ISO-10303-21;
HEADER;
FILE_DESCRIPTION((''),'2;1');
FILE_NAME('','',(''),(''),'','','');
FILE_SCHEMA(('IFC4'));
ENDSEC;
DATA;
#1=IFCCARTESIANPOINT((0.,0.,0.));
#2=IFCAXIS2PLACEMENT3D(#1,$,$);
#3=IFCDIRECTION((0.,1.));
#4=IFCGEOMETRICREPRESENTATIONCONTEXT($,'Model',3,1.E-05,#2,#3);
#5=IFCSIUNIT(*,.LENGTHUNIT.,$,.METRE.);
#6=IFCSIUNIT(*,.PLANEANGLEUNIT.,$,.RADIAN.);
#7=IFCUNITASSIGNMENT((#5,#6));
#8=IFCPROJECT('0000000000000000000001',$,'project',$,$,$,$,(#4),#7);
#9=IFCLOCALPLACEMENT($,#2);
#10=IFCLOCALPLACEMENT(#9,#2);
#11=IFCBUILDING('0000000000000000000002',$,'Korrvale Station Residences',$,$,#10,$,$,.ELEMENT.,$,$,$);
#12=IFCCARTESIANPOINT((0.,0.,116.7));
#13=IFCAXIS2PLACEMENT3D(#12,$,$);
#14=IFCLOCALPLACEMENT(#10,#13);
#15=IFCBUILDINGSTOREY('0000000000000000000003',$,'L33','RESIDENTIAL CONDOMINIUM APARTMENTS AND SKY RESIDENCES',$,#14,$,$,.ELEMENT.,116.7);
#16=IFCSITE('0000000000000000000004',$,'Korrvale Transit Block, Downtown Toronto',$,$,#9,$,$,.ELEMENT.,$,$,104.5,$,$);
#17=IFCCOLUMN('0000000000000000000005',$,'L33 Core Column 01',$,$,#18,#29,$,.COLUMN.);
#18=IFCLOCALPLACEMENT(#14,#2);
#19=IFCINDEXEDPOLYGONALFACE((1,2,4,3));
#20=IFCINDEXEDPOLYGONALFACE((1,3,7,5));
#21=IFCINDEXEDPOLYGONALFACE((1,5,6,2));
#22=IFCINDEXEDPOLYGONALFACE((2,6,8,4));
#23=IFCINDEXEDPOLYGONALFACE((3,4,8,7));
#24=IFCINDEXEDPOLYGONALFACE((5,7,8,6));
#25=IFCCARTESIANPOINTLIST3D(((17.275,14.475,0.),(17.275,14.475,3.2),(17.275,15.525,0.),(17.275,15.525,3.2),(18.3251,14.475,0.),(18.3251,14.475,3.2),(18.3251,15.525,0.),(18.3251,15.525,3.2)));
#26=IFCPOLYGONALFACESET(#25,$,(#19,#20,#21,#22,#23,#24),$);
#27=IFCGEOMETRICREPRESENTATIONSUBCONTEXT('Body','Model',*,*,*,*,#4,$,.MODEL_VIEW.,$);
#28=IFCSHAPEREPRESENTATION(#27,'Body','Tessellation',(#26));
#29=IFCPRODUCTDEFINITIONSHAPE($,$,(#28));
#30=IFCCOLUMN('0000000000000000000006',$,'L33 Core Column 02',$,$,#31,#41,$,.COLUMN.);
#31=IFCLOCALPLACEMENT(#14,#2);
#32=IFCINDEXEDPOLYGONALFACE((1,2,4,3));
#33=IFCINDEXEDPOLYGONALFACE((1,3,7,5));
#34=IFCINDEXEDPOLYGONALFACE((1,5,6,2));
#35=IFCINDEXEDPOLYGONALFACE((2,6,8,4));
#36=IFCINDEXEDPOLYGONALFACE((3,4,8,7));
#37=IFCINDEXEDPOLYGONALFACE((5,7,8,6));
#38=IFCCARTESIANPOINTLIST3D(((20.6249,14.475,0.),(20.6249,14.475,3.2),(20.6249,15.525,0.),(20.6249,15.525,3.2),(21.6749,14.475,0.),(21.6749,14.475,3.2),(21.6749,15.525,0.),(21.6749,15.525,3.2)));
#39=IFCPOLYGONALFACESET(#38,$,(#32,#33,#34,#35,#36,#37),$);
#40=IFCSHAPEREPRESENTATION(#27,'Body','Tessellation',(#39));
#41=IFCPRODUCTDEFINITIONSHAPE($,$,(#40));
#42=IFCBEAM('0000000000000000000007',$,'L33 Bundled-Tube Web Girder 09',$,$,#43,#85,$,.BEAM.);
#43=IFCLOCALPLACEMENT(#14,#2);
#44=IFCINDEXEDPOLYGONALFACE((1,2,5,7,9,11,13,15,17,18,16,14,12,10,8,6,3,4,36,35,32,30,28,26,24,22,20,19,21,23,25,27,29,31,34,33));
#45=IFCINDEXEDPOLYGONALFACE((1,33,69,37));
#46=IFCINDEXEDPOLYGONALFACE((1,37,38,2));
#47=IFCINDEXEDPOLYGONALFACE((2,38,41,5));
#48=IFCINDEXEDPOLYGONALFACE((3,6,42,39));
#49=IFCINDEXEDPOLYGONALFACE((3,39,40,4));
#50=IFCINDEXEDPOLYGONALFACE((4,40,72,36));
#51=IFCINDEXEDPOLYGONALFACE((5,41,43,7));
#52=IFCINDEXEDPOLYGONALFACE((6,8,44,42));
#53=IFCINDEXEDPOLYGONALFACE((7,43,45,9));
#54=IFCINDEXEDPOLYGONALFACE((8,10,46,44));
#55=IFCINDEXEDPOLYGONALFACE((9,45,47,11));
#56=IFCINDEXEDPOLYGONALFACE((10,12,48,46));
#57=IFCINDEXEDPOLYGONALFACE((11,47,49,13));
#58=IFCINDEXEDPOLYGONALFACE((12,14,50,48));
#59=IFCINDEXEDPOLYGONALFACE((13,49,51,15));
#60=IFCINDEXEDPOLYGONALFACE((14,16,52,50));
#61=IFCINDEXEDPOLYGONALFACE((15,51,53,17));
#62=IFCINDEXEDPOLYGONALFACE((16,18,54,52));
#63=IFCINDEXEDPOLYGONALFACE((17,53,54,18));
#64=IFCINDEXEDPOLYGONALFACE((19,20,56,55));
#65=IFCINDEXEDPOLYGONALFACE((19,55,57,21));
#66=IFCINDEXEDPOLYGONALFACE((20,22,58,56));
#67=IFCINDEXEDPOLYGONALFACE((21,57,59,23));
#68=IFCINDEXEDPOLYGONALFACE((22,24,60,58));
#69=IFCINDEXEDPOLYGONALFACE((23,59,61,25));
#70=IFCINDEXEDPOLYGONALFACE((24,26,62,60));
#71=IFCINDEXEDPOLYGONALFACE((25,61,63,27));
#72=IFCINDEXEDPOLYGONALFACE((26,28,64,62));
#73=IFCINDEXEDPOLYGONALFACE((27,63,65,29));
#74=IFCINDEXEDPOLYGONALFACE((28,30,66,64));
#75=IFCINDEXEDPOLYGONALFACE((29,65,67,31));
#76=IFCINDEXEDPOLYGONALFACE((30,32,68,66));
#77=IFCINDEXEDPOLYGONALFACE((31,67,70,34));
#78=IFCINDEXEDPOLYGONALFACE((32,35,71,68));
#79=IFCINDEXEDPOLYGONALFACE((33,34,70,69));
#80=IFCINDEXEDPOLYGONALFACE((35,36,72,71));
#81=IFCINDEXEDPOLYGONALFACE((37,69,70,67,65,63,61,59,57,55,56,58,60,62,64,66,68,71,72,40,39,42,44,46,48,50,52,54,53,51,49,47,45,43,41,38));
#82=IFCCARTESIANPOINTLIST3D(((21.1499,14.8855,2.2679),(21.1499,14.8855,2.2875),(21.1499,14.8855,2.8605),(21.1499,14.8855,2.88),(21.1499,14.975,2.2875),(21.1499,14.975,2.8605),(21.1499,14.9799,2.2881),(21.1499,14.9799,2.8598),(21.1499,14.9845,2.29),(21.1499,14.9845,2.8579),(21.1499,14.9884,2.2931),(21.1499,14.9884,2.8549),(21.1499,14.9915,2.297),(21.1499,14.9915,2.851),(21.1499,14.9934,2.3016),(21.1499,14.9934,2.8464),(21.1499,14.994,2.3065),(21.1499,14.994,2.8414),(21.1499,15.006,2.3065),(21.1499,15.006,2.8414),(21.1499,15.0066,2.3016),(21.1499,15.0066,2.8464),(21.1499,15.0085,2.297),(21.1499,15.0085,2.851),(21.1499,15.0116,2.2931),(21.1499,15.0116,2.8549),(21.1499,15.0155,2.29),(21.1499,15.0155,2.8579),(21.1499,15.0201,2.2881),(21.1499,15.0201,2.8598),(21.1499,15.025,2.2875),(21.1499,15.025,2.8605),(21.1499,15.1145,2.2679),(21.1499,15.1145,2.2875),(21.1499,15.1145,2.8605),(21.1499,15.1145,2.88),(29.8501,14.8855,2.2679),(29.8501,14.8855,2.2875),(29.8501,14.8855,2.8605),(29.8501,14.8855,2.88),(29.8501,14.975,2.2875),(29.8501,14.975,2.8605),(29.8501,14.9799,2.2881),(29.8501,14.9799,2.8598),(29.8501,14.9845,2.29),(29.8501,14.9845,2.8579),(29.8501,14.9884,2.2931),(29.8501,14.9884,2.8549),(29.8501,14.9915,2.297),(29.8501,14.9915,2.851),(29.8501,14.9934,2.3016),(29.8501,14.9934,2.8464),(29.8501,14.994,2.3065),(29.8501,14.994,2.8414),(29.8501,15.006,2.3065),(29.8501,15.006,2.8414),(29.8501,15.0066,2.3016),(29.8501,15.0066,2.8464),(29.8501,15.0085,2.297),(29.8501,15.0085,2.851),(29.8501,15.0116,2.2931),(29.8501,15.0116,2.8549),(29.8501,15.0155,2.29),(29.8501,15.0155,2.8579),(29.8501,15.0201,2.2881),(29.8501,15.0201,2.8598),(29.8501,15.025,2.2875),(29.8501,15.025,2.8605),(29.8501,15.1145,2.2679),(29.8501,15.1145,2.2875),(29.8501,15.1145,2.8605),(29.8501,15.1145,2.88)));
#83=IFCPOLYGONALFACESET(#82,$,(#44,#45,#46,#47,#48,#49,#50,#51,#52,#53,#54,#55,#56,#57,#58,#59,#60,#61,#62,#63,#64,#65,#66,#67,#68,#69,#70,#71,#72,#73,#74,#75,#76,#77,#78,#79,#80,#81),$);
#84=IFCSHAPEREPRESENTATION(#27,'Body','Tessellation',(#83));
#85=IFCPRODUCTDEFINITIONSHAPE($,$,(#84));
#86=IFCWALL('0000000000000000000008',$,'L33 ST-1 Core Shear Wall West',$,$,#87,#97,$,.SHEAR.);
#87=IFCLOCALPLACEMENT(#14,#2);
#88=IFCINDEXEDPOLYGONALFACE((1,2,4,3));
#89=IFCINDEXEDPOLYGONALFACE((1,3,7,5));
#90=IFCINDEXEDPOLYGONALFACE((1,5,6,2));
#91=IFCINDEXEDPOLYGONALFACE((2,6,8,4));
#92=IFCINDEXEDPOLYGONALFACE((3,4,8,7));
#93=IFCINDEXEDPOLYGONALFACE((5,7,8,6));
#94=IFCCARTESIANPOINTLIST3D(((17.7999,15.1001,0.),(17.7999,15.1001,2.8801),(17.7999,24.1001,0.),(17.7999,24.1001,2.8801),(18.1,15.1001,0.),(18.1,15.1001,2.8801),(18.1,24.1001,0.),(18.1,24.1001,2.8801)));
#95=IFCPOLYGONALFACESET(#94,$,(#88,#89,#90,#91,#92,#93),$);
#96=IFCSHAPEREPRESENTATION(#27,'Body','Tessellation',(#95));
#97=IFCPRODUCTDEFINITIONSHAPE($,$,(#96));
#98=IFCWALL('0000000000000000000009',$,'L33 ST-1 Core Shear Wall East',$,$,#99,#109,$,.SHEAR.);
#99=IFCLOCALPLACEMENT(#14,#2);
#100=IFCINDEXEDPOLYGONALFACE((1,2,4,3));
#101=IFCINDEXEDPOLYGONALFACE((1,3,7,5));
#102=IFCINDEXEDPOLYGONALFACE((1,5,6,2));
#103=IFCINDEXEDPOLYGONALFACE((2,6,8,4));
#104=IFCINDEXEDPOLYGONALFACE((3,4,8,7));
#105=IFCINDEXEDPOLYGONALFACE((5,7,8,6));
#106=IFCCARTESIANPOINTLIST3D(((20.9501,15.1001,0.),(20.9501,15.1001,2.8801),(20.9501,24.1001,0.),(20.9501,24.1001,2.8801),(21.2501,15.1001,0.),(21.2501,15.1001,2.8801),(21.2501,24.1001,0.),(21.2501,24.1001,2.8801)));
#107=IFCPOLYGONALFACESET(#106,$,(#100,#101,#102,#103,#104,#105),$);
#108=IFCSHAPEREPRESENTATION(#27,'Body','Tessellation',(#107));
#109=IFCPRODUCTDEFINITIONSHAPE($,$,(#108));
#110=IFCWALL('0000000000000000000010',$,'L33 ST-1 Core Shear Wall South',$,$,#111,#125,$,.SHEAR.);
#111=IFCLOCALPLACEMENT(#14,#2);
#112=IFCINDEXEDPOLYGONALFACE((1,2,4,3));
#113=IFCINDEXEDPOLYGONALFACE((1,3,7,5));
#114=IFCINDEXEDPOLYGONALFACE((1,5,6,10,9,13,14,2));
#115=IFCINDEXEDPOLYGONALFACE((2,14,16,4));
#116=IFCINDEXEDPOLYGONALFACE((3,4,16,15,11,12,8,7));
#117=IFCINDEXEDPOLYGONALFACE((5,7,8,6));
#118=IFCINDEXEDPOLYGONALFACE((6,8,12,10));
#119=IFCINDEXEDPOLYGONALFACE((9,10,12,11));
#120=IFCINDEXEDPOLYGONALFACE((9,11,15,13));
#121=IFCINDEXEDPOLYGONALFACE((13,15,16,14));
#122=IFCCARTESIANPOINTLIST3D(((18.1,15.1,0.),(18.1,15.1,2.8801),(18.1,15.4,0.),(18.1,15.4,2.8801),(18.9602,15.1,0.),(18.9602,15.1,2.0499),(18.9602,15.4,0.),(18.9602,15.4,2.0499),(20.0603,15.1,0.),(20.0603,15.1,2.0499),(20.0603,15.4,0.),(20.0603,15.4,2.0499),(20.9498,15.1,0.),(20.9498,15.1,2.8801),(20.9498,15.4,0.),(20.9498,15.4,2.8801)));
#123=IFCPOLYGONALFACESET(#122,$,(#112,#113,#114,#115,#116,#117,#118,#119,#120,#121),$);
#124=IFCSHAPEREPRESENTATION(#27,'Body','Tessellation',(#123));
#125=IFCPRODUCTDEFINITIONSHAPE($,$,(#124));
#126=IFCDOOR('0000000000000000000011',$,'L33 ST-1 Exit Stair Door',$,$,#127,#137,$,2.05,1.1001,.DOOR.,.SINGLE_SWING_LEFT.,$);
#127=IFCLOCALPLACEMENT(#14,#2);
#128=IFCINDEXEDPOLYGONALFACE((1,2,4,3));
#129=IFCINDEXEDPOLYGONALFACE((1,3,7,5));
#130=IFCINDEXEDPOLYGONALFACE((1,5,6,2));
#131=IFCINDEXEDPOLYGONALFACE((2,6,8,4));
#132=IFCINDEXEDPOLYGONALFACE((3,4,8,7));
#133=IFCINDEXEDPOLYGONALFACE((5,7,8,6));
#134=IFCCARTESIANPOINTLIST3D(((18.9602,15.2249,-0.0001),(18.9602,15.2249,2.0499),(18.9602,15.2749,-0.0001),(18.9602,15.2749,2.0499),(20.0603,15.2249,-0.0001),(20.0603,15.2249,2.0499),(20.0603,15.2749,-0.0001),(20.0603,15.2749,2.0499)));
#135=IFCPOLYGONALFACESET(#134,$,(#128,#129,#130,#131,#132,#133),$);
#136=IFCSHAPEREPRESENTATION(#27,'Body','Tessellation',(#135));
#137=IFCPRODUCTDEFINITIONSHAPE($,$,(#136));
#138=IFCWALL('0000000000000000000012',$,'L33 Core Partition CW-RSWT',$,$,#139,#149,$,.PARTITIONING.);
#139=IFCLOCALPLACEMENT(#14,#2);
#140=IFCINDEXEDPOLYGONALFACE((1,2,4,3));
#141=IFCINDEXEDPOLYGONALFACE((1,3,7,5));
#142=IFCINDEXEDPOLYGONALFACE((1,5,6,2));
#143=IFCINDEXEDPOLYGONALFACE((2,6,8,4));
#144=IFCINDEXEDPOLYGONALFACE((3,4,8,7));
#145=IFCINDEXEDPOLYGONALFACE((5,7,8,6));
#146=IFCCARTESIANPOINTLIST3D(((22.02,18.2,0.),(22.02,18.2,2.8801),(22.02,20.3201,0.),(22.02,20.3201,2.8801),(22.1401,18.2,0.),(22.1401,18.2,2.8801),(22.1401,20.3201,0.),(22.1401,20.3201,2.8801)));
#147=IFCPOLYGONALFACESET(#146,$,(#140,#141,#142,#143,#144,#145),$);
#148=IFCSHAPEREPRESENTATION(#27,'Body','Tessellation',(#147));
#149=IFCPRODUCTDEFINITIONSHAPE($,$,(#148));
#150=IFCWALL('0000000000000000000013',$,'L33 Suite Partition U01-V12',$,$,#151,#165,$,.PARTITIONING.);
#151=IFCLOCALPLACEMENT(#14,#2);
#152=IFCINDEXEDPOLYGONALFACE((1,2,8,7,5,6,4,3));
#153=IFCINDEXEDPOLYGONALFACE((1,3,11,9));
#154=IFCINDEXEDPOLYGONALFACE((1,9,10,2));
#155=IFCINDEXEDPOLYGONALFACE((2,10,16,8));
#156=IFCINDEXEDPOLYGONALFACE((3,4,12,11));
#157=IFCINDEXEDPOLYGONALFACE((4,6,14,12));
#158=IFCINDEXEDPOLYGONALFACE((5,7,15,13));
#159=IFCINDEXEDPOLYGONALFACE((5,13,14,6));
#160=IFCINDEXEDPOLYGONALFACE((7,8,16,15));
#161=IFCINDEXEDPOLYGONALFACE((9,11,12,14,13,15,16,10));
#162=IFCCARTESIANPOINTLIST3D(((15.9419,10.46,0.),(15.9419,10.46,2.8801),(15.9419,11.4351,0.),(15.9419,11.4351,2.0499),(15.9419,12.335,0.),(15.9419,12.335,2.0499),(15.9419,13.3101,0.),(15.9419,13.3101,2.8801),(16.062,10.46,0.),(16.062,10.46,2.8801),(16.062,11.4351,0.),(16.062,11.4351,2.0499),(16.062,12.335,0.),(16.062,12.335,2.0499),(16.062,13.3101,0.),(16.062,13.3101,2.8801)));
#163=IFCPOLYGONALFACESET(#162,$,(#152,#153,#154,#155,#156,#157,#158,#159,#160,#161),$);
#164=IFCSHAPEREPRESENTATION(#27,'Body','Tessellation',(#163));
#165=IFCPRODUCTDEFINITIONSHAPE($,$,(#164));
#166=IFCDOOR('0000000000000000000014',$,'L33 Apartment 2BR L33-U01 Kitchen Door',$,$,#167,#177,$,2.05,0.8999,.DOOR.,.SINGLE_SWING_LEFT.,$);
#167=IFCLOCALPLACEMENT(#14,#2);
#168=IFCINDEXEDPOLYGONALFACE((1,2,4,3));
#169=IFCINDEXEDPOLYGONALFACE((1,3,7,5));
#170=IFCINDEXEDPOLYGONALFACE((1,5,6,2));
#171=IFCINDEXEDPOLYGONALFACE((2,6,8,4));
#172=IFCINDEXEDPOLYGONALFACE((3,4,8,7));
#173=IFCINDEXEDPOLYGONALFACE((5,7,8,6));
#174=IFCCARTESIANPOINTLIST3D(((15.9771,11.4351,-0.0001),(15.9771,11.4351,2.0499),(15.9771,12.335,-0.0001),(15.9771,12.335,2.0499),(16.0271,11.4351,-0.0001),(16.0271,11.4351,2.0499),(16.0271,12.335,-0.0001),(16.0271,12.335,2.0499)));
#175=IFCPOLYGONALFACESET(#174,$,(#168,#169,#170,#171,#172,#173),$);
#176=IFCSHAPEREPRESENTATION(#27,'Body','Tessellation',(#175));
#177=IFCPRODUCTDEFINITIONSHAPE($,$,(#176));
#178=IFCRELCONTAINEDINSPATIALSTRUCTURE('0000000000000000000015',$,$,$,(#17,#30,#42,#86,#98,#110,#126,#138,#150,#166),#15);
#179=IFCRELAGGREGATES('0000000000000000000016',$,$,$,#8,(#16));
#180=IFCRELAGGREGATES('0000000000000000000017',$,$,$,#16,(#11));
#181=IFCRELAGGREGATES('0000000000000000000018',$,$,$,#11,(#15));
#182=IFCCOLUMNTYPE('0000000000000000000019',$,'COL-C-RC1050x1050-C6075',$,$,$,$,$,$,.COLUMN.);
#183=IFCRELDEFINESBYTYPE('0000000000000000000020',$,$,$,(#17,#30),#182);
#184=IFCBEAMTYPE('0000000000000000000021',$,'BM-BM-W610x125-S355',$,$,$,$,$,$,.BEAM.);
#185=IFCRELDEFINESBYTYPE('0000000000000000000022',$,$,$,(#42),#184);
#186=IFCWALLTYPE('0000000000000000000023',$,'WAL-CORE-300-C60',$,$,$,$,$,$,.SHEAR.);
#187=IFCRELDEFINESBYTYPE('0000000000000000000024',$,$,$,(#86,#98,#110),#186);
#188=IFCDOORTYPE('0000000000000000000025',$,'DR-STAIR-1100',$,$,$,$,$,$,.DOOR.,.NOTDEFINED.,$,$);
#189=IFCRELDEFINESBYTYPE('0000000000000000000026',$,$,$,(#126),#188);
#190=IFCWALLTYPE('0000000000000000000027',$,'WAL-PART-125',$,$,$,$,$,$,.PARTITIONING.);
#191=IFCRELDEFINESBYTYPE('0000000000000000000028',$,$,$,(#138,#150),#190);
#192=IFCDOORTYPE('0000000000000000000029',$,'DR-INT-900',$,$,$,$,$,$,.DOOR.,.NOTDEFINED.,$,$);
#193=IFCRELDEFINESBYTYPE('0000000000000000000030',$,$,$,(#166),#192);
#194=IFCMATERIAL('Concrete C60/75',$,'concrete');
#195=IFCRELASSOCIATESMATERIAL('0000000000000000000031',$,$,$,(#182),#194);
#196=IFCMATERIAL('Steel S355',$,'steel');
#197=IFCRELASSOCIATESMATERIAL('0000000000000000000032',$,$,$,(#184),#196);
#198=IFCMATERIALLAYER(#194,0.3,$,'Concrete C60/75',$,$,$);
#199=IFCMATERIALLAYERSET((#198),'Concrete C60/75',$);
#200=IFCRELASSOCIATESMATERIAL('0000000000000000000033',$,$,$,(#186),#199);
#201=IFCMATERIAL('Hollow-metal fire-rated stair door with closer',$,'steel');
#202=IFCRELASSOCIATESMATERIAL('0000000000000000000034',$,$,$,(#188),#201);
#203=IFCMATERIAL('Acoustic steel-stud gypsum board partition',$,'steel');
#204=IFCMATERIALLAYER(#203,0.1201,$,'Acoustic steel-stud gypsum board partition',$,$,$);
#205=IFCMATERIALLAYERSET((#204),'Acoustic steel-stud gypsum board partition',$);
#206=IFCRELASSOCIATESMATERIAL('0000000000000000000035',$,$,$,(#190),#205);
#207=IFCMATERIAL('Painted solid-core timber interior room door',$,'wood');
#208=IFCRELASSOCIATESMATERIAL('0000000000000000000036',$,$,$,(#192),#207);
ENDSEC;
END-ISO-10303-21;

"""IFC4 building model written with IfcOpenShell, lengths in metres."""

from ifc_helpers import new_model, si_unit, direction, frame, frame_2d, origin, origin_2d, place, context, subcontext, project, spatial, rectangle, i_section, extrude, material, layer, layer_set, material_profile, profile_set, type_object, element, fill, save


model = new_model("IFC4")

# Units and contexts
model_context = context("Model", 3, precision=1e-05, world=origin(), true_north=direction((0.0, 1.0)))
body_context = subcontext(model_context, "Body", "Model", "MODEL_VIEW")
ifc_project = project(units=[si_unit("LENGTHUNIT", "METRE"), si_unit("PLANEANGLEUNIT", "RADIAN")], contexts=[model_context])

# Site, building, storey
site_placement = place(None, origin())
site = spatial("IfcSite", under=ifc_project, at=site_placement, Name="Korrvale Transit Block, Downtown Toronto", CompositionType="ELEMENT", RefElevation=104.5)
building_placement = place(site_placement, origin())
building = spatial("IfcBuilding", under=site, at=building_placement, Name="Korrvale Station Residences", CompositionType="ELEMENT")
storey_placement = place(building_placement, frame((0.0, 0.0, 116.7)))
storey = spatial("IfcBuildingStorey", under=building, at=storey_placement, Name="L33", Description="RESIDENTIAL CONDOMINIUM APARTMENTS AND SKY RESIDENCES", CompositionType="ELEMENT", Elevation=116.7)

# Columns
ifc_material_1 = material(Name="Concrete C60/75", Category="concrete")
ifc_material_profile_1 = material_profile(ifc_material_1, rectangle(XDim=1.05, YDim=1.05, at=origin_2d()), Name="RC1050x1050")
ifc_profile_set_1 = profile_set([ifc_material_profile_1], Name="Concrete C60/75")
column_type = type_object("IfcColumnType", Name="COL-C-RC1050x1050-C6075", PredefinedType="COLUMN", material=ifc_profile_set_1)
for number, where, z_axis, x_axis, name in (
    (1, (17.8, 15.0, 0.0), (0.0, 0.0, 1.0), (1.0, 0.0, 0.0), "L33 Core Column 01"),
    (2, (21.1499, 15.0, 0.0), (0.0, 0.0, 1.0), (1.0, 0.0, 0.0), "L33 Core Column 02"),
):
    element("IfcColumn", number, at=place(storey_placement, frame(where, z_axis=z_axis, x_axis=x_axis)), inside=storey, type_object=column_type, Name=name, PredefinedType="COLUMN", context=body_context, shape_type="SweptSolid", body=[
        extrude(rectangle(XDim=1.05, YDim=1.05, at=origin_2d()), origin(), (0.0, 0.0, 1.0), 3.2),
    ])

# Beam
ifc_material_2 = material(Name="Steel S355", Category="steel")
ifc_material_profile_2 = material_profile(ifc_material_2, i_section(OverallWidth=0.229, OverallDepth=0.6121, WebThickness=0.012, FlangeThickness=0.0195, FilletRadius=0.019, at=origin_2d()), Name="W610x125")
ifc_profile_set_2 = profile_set([ifc_material_profile_2], Name="Steel S355")
beam_type = type_object("IfcBeamType", Name="BM-BM-W610x125-S355", PredefinedType="BEAM", material=ifc_profile_set_2)
beam_placement = place(storey_placement, frame((21.1499, 15.0, 2.574), z_axis=(1.0, 0.0, 0.0), x_axis=(0.0, 1.0, 0.0)))
element("IfcBeam", 3, at=beam_placement, inside=storey, type_object=beam_type, Name="L33 Bundled-Tube Web Girder 09", PredefinedType="BEAM", context=body_context, shape_type="SweptSolid", body=[
    extrude(i_section(OverallWidth=0.229, OverallDepth=0.6121, WebThickness=0.012, FlangeThickness=0.0195, FilletRadius=0.019, at=origin_2d()), origin(), (0.0, 0.0, 1.0), 8.7002),
])

# Walls
ifc_layer_1 = layer(ifc_material_1, 0.3, Name="Concrete C60/75")
ifc_layer_set_1 = layer_set([ifc_layer_1], Name="Concrete C60/75")
wall_type_1 = type_object("IfcWallType", Name="WAL-CORE-300-C60", PredefinedType="SHEAR", material=ifc_layer_set_1)
for number, where, z_axis, x_axis, name in (
    (4, (17.95, 15.1001, 0.0), (0.0, 0.0, 1.0), (0.0, 1.0, 0.0), "L33 ST-1 Core Shear Wall West"),
    (5, (21.1001, 15.1001, 0.0), (0.0, 0.0, 1.0), (0.0, 1.0, 0.0), "L33 ST-1 Core Shear Wall East"),
):
    element("IfcWall", number, at=place(storey_placement, frame(where, z_axis=z_axis, x_axis=x_axis)), inside=storey, type_object=wall_type_1, Name=name, PredefinedType="SHEAR", context=body_context, shape_type="SweptSolid", body=[
        extrude(rectangle(XDim=9.0, YDim=0.3, at=frame_2d((4.5, 0.0))), origin(), (0.0, 0.0, 1.0), 2.8801),
    ])

# Wall, opening, door
wall_1_placement = place(storey_placement, frame((18.1001, 15.25, 0.0), z_axis=(0.0, 0.0, 1.0), x_axis=(1.0, 0.0, 0.0)))
wall_1 = element("IfcWall", 6, at=wall_1_placement, inside=storey, type_object=wall_type_1, Name="L33 ST-1 Core Shear Wall South", PredefinedType="SHEAR", context=body_context, shape_type="SweptSolid", body=[
    extrude(rectangle(XDim=2.8499, YDim=0.3, at=frame_2d((1.4248, 0.0))), origin(), (0.0, 0.0, 1.0), 2.8801),
])
opening_1_placement = place(wall_1_placement, frame((0.8601, 0.0, 0.0)))
opening_1 = element("IfcOpeningElement", 7, at=opening_1_placement, cuts=wall_1, PredefinedType="OPENING", context=body_context, shape_type="SweptSolid", body=[
    extrude(rectangle(XDim=1.1001, YDim=2.05, at=frame_2d((0.55, 1.0249))), frame((0.0, 0.1602, 0.0), z_axis=(0.0, -1.0, 0.0), x_axis=(1.0, 0.0, 0.0)), (0.0, 0.0, 1.0), 0.3201),
])
ifc_material_3 = material(Name="Hollow-metal fire-rated stair door with closer", Category="steel")
door_type_1 = type_object("IfcDoorType", Name="DR-STAIR-1100", OperationType="NOTDEFINED", PredefinedType="DOOR", material=ifc_material_3)
door_1_placement = place(opening_1_placement, origin())
door_1 = element("IfcDoor", 8, at=door_1_placement, inside=storey, type_object=door_type_1, Name="L33 ST-1 Exit Stair Door", OperationType="SINGLE_SWING_LEFT", OverallHeight=2.05, OverallWidth=1.1001, PredefinedType="DOOR", context=body_context, shape_type="SweptSolid", body=[
    extrude(rectangle(XDim=1.1001, YDim=2.05, at=frame_2d((0.55, 1.0249))), frame((0.0, 0.0249, 0.0), z_axis=(0.0, -1.0, 0.0), x_axis=(1.0, 0.0, 0.0)), (0.0, 0.0, 1.0), 0.05),
])
fill(opening_1, door_1)

# Wall
ifc_material_4 = material(Name="Acoustic steel-stud gypsum board partition", Category="steel")
ifc_layer_2 = layer(ifc_material_4, 0.1201, Name="Acoustic steel-stud gypsum board partition")
ifc_layer_set_2 = layer_set([ifc_layer_2], Name="Acoustic steel-stud gypsum board partition")
wall_type_2 = type_object("IfcWallType", Name="WAL-PART-125", PredefinedType="PARTITIONING", material=ifc_layer_set_2)
wall_2_placement = place(storey_placement, frame((22.0801, 18.2, 0.0), z_axis=(0.0, 0.0, 1.0), x_axis=(0.0, 1.0, 0.0)))
element("IfcWall", 9, at=wall_2_placement, inside=storey, type_object=wall_type_2, Name="L33 Core Partition CW-RSWT", PredefinedType="PARTITIONING", context=body_context, shape_type="SweptSolid", body=[
    extrude(rectangle(XDim=2.1201, YDim=0.1201, at=frame_2d((1.0601, 0.0))), origin(), (0.0, 0.0, 1.0), 2.8801),
])

# Wall, opening, door
wall_3_placement = place(storey_placement, frame((16.002, 10.46, 0.0), z_axis=(0.0, 0.0, 1.0), x_axis=(0.0, 1.0, 0.0)))
wall_3 = element("IfcWall", 10, at=wall_3_placement, inside=storey, type_object=wall_type_2, Name="L33 Suite Partition U01-V12", PredefinedType="PARTITIONING", context=body_context, shape_type="SweptSolid", body=[
    extrude(rectangle(XDim=2.8501, YDim=0.1201, at=frame_2d((1.425, 0.0))), origin(), (0.0, 0.0, 1.0), 2.8801),
])
opening_2_placement = place(wall_3_placement, frame((0.9751, 0.0, 0.0)))
opening_2 = element("IfcOpeningElement", 11, at=opening_2_placement, cuts=wall_3, PredefinedType="OPENING", context=body_context, shape_type="SweptSolid", body=[
    extrude(rectangle(XDim=0.8999, YDim=2.05, at=frame_2d((0.45, 1.0249))), frame((0.0, 0.0701, 0.0), z_axis=(0.0, -1.0, 0.0), x_axis=(1.0, 0.0, 0.0)), (0.0, 0.0, 1.0), 0.1401),
])
ifc_material_5 = material(Name="Painted solid-core timber interior room door", Category="wood")
door_type_2 = type_object("IfcDoorType", Name="DR-INT-900", OperationType="NOTDEFINED", PredefinedType="DOOR", material=ifc_material_5)
door_2_placement = place(opening_2_placement, origin())
door_2 = element("IfcDoor", 12, at=door_2_placement, inside=storey, type_object=door_type_2, Name="L33 Apartment 2BR L33-U01 Kitchen Door", OperationType="SINGLE_SWING_LEFT", OverallHeight=2.05, OverallWidth=0.8999, PredefinedType="DOOR", context=body_context, shape_type="SweptSolid", body=[
    extrude(rectangle(XDim=0.8999, YDim=2.05, at=frame_2d((0.45, 1.0249))), frame((0.0, 0.0249, 0.0), z_axis=(0.0, -1.0, 0.0), x_axis=(1.0, 0.0, 0.0)), (0.0, 0.0, 1.0), 0.05),
])
fill(opening_2, door_2)

save(model, "model.ifc")
